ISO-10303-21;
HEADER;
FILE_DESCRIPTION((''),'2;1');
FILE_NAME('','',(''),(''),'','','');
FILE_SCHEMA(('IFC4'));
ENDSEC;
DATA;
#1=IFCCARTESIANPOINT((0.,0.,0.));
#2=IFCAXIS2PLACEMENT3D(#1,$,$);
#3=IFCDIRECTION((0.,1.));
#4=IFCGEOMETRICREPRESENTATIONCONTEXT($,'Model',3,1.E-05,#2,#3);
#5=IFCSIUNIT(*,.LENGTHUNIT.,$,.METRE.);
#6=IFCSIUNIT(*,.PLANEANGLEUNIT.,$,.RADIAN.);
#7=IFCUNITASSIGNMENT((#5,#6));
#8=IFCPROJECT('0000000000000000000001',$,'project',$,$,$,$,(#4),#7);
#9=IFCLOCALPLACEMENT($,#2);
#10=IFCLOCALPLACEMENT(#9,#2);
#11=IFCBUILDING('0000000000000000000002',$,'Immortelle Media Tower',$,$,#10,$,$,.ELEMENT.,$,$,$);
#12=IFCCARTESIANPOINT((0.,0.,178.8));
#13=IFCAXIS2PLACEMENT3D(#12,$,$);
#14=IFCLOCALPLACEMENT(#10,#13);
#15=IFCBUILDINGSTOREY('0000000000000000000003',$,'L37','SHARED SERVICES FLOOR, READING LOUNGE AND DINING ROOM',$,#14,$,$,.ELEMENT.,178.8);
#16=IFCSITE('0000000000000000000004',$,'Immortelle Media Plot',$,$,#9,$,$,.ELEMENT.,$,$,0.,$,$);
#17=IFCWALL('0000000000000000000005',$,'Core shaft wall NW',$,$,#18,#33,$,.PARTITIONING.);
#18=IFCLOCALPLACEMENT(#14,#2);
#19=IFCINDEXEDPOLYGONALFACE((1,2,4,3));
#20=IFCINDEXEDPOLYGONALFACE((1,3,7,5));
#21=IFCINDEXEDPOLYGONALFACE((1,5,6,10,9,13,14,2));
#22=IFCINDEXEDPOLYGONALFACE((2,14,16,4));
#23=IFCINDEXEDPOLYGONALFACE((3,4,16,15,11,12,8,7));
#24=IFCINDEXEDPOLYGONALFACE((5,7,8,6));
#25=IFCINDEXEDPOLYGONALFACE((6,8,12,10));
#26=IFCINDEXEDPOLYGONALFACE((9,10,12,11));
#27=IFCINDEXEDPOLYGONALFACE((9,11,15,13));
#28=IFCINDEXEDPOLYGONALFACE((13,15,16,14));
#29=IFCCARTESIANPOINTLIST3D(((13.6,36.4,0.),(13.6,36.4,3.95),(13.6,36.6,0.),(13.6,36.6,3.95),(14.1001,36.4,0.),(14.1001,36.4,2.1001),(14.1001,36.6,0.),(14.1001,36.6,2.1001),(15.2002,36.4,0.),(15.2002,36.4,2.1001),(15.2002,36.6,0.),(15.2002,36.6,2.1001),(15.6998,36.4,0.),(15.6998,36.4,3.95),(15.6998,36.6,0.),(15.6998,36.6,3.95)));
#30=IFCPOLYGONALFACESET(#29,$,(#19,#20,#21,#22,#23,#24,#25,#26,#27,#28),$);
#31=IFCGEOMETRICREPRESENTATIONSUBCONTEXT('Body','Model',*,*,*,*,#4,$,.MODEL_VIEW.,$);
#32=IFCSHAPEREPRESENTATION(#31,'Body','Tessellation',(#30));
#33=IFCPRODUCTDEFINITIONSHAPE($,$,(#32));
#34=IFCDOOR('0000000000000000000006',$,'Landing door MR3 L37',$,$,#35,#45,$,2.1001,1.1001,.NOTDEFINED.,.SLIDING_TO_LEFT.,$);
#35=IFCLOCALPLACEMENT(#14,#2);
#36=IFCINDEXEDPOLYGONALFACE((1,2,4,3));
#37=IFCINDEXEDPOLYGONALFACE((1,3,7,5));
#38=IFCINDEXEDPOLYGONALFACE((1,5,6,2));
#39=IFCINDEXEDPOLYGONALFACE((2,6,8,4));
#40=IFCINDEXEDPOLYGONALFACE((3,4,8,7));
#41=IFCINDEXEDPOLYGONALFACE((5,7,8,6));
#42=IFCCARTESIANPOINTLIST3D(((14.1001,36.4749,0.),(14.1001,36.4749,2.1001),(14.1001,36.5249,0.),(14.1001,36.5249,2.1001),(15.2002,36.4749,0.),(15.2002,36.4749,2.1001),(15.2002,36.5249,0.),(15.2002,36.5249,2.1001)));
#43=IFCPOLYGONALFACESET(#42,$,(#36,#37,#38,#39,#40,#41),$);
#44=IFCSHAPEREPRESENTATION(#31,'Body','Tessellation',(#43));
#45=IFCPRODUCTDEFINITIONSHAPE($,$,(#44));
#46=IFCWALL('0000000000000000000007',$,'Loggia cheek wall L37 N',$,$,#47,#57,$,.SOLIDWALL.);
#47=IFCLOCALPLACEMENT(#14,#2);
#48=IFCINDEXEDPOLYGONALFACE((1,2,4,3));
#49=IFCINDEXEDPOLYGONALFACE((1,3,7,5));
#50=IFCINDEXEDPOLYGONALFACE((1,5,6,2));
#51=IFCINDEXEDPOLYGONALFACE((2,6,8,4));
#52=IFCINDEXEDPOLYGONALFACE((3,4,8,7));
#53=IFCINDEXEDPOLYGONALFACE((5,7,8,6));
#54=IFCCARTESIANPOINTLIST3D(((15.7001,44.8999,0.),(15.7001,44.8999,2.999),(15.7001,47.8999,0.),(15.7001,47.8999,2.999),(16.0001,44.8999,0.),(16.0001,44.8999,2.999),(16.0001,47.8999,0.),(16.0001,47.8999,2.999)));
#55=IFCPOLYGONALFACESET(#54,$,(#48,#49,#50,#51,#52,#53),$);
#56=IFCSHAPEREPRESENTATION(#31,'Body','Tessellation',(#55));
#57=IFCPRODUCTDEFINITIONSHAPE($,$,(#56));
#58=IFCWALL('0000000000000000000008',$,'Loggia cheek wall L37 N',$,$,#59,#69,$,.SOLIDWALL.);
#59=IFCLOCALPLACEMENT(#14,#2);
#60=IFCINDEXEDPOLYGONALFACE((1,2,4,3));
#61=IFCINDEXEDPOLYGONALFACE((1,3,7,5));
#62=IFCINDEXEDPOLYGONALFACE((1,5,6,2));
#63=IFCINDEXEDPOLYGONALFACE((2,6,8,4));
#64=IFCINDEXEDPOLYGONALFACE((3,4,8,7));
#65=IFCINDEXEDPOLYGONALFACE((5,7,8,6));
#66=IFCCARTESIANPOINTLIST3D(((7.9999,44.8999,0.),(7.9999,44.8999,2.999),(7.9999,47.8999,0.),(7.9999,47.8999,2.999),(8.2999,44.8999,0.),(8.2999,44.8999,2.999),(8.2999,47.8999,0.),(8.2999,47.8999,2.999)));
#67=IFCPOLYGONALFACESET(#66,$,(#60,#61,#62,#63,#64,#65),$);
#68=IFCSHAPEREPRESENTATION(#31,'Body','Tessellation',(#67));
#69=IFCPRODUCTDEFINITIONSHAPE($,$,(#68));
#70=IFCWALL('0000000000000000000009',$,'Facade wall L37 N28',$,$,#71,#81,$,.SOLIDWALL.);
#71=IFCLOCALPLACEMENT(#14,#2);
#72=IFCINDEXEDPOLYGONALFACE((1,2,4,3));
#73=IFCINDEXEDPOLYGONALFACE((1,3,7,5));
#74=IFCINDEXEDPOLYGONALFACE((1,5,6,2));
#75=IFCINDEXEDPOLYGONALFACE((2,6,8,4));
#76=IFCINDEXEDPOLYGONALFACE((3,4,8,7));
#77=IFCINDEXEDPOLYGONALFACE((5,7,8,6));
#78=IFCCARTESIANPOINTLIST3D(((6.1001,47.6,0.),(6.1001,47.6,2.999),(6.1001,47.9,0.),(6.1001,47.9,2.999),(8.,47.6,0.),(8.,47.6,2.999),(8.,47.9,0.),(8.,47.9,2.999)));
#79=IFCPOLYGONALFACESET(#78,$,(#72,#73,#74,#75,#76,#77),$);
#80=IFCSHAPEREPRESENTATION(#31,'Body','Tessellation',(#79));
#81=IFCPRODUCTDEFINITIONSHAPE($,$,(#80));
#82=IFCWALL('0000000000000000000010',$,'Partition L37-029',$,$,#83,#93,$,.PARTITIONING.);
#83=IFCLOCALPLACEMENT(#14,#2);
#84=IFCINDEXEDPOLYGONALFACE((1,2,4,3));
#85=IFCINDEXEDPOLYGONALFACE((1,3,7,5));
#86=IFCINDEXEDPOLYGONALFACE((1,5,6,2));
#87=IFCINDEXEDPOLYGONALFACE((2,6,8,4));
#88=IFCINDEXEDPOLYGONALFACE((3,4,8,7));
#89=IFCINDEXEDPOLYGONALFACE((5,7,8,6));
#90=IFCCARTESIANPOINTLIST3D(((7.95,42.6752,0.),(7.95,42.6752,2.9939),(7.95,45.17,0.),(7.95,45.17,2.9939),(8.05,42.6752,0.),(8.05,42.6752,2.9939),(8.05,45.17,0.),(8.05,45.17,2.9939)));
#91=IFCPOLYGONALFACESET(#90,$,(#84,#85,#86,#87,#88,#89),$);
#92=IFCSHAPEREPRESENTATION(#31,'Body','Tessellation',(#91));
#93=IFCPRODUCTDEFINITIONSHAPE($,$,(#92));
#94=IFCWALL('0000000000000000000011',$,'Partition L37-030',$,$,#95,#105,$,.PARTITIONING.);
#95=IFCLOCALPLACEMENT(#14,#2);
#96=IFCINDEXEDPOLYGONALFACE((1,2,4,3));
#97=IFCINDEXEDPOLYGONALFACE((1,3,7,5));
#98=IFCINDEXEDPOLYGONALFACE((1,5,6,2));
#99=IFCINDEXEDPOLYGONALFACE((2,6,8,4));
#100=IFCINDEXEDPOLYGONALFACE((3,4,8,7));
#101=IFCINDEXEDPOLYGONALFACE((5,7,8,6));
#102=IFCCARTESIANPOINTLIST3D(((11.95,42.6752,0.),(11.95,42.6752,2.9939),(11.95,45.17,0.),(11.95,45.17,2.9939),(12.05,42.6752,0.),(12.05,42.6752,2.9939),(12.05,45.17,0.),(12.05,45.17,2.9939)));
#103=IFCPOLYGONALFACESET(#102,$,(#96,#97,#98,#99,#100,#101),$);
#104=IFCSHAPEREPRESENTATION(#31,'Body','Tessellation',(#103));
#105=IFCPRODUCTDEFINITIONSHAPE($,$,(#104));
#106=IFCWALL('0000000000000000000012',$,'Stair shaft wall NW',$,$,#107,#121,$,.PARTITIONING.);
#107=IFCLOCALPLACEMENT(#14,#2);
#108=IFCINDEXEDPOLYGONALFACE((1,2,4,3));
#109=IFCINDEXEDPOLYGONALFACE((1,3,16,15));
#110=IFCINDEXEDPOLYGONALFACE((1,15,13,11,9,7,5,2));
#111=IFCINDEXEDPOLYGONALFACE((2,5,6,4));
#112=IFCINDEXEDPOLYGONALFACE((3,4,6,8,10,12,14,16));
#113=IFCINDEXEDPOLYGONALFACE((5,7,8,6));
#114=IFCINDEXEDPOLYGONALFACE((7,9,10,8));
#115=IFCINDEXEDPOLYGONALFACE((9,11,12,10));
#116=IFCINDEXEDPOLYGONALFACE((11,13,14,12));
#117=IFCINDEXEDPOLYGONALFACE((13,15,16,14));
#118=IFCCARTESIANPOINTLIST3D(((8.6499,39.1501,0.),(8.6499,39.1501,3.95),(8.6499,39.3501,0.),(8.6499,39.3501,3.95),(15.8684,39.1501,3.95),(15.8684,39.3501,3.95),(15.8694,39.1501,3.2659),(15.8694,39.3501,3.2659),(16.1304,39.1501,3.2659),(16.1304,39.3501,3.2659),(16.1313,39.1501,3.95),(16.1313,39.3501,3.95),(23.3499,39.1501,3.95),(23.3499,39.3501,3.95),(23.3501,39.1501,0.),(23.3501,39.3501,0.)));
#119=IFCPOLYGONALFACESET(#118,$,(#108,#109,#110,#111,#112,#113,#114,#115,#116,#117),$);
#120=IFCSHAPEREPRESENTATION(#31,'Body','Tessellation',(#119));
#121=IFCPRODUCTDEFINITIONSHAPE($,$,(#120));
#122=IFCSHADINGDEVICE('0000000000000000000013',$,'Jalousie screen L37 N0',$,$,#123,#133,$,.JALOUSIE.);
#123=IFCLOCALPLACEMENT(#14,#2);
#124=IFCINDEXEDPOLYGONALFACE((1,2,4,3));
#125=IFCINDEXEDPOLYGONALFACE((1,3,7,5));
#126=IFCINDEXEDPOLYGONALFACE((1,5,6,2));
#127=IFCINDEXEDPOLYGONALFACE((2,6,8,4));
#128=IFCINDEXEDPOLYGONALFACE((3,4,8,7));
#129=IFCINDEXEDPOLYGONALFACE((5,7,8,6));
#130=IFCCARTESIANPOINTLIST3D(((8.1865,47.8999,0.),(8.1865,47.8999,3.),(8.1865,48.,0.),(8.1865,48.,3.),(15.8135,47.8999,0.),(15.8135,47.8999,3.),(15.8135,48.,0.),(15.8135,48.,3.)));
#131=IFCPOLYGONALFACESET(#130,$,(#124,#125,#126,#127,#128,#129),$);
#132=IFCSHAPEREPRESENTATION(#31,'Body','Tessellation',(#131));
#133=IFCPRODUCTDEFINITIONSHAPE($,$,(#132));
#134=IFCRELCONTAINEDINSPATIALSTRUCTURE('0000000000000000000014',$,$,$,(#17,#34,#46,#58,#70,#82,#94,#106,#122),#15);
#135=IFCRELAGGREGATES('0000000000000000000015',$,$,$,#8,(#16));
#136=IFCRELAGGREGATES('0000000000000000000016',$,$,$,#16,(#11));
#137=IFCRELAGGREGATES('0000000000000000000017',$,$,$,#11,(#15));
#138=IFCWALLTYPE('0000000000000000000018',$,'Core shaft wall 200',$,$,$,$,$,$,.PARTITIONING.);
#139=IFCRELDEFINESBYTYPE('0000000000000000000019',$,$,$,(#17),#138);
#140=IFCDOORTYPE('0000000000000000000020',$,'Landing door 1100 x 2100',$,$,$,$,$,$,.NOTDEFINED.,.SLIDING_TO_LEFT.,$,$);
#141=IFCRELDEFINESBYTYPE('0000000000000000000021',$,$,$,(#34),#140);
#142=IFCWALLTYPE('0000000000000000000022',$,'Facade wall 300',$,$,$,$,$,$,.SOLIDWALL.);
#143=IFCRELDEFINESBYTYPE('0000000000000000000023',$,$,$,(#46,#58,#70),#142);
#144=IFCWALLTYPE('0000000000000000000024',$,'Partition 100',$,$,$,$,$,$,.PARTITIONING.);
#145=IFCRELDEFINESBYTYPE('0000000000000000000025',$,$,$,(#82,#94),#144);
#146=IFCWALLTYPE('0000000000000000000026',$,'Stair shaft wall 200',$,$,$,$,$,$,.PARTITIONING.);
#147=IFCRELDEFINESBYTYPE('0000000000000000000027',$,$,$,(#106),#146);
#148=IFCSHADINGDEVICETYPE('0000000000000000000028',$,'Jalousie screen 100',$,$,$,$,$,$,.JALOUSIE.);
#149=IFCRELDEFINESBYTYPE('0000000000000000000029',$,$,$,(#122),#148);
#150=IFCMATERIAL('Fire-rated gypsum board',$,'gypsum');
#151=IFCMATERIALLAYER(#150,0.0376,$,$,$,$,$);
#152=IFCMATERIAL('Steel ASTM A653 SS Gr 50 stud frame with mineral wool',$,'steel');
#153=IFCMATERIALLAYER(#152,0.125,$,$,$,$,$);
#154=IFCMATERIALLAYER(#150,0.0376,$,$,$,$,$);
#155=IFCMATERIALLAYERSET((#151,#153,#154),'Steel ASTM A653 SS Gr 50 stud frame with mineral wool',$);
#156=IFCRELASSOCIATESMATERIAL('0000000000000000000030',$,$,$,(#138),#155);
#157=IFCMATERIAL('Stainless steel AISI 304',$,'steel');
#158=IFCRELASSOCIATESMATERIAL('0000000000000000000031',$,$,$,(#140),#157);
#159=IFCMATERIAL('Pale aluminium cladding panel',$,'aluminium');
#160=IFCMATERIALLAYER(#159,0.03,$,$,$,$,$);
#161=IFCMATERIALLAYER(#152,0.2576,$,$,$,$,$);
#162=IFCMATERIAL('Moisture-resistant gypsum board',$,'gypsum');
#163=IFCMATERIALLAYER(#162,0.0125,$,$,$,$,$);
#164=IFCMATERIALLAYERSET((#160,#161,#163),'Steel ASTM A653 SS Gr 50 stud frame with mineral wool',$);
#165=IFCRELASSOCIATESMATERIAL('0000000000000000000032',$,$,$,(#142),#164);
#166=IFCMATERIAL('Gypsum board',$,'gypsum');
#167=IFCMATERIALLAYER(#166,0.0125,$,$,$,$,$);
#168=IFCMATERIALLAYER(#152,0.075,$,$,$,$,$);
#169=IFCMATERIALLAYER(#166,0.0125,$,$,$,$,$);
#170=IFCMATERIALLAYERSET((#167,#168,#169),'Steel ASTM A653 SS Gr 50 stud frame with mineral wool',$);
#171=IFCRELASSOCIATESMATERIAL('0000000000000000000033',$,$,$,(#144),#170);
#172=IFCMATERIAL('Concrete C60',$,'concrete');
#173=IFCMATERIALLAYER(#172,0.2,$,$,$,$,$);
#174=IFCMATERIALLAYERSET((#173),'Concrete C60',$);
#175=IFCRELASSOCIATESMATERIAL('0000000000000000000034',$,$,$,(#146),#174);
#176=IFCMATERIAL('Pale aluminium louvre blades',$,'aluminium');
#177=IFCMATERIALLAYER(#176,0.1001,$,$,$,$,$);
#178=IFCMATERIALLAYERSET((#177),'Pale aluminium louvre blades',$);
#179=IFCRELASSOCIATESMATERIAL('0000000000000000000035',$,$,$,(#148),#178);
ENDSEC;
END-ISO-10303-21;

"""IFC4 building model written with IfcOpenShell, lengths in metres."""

from ifc_helpers import new_model, si_unit, direction, frame, frame_2d, origin, origin_2d, place, context, subcontext, project, spatial, polyline, rectangle, outline, extrude, material, layer, layer_set, type_object, element, fill, save


model = new_model("IFC4")

# Units and contexts
model_context = context("Model", 3, precision=1e-05, world=origin(), true_north=direction((0.0, 1.0)))
body_context = subcontext(model_context, "Body", "Model", "MODEL_VIEW")
ifc_project = project(units=[si_unit("LENGTHUNIT", "METRE"), si_unit("PLANEANGLEUNIT", "RADIAN")], contexts=[model_context])

# Site, building, storey
site_placement = place(None, origin())
site = spatial("IfcSite", under=ifc_project, at=site_placement, Name="Immortelle Media Plot", CompositionType="ELEMENT", RefElevation=0.0)
building_placement = place(site_placement, origin())
building = spatial("IfcBuilding", under=site, at=building_placement, Name="Immortelle Media Tower", CompositionType="ELEMENT")
storey_placement = place(building_placement, frame((0.0, 0.0, 178.8)))
storey = spatial("IfcBuildingStorey", under=building, at=storey_placement, Name="L37", Description="SHARED SERVICES FLOOR, READING LOUNGE AND DINING ROOM", CompositionType="ELEMENT", Elevation=178.8)

# Shared definitions
ifc_material_1 = material(Name="Fire-rated gypsum board", Category="gypsum")
ifc_material_2 = material(Name="Steel ASTM A653 SS Gr 50 stud frame with mineral wool", Category="steel")

# Shared definitions
ifc_layer_1 = layer(ifc_material_1, 0.0376)
ifc_layer_2 = layer(ifc_material_2, 0.125)
ifc_layer_3 = layer(ifc_material_1, 0.0376)
ifc_layer_set_1 = layer_set([ifc_layer_1, ifc_layer_2, ifc_layer_3], Name="Steel ASTM A653 SS Gr 50 stud frame with mineral wool")
wall_type_1 = type_object("IfcWallType", Name="Core shaft wall 200", PredefinedType="PARTITIONING", material=ifc_layer_set_1)
ifc_material_3 = material(Name="Stainless steel AISI 304", Category="steel")
door_type_1 = type_object("IfcDoorType", Name="Landing door 1100 x 2100", OperationType="SLIDING_TO_LEFT", PredefinedType="NOTDEFINED", material=ifc_material_3)

# Wall, opening, door
wall_1_placement = place(storey_placement, frame((13.6001, 36.5, 0.0), z_axis=(0.0, 0.0, 1.0), x_axis=(1.0, 0.0, 0.0)))
wall_1 = element("IfcWall", 1, at=wall_1_placement, inside=storey, type_object=wall_type_1, Name="Core shaft wall NW", PredefinedType="PARTITIONING", context=body_context, shape_type="SweptSolid", body=[
    extrude(rectangle(XDim=2.0999, YDim=0.2, at=frame_2d((1.0498, 0.0))), origin(), (0.0, 0.0, 1.0), 3.95),
])
opening_1_placement = place(wall_1_placement, frame((0.5, 0.0, 0.0)))
opening_1 = element("IfcOpeningElement", 2, at=opening_1_placement, cuts=wall_1, PredefinedType="OPENING", context=body_context, shape_type="SweptSolid", body=[
    extrude(rectangle(XDim=1.1001, YDim=2.1001, at=frame_2d((0.55, 1.05))), frame((0.0, 0.1099, 0.0), z_axis=(0.0, -1.0, 0.0), x_axis=(1.0, 0.0, 0.0)), (0.0, 0.0, 1.0), 0.22),
])
door_1_placement = place(opening_1_placement, origin())
door_1 = element("IfcDoor", 3, at=door_1_placement, inside=storey, type_object=door_type_1, Name="Landing door MR3 L37", OperationType="SLIDING_TO_LEFT", OverallHeight=2.1001, OverallWidth=1.1001, PredefinedType="NOTDEFINED", context=body_context, shape_type="SweptSolid", body=[
    extrude(rectangle(XDim=1.1001, YDim=2.1001, at=frame_2d((0.55, 1.05))), frame((0.0, 0.0249, 0.0), z_axis=(0.0, -1.0, 0.0), x_axis=(1.0, 0.0, 0.0)), (0.0, 0.0, 1.0), 0.05),
])
fill(opening_1, door_1)

# Shared definitions
ifc_material_4 = material(Name="Pale aluminium cladding panel", Category="aluminium")
ifc_layer_4 = layer(ifc_material_4, 0.03)
ifc_layer_5 = layer(ifc_material_2, 0.2576)
ifc_material_5 = material(Name="Moisture-resistant gypsum board", Category="gypsum")
ifc_layer_6 = layer(ifc_material_5, 0.0125)
ifc_layer_set_2 = layer_set([ifc_layer_4, ifc_layer_5, ifc_layer_6], Name="Steel ASTM A653 SS Gr 50 stud frame with mineral wool")
wall_type_2 = type_object("IfcWallType", Name="Facade wall 300", PredefinedType="SOLIDWALL", material=ifc_layer_set_2)

# Walls
for number, where, z_axis, x_axis, name in (
    (4, (15.8501, 47.8999, 0.0), (0.0, 0.0, 1.0), (0.0, -1.0, 0.0), "Loggia cheek wall L37 N"),
    (5, (8.1499, 47.8999, 0.0), (0.0, 0.0, 1.0), (0.0, -1.0, 0.0), "Loggia cheek wall L37 N"),
):
    element("IfcWall", number, at=place(storey_placement, frame(where, z_axis=z_axis, x_axis=x_axis)), inside=storey, type_object=wall_type_2, Name=name, PredefinedType="SOLIDWALL", context=body_context, shape_type="SweptSolid", body=[
        extrude(rectangle(XDim=3.0, YDim=0.3, at=frame_2d((1.5, 0.0))), origin(), (0.0, 0.0, 1.0), 2.999),
    ])
wall_2_placement = place(storey_placement, frame((8.0, 47.75, 0.0), z_axis=(0.0, 0.0, 1.0), x_axis=(-1.0, 0.0, 0.0)))
element("IfcWall", 6, at=wall_2_placement, inside=storey, type_object=wall_type_2, Name="Facade wall L37 N28", PredefinedType="SOLIDWALL", context=body_context, shape_type="SweptSolid", body=[
    extrude(rectangle(XDim=1.8999, YDim=0.3, at=frame_2d((0.95, 0.0))), origin(), (0.0, 0.0, 1.0), 2.999),
])
ifc_material_6 = material(Name="Gypsum board", Category="gypsum")
ifc_layer_7 = layer(ifc_material_6, 0.0125)
ifc_layer_8 = layer(ifc_material_2, 0.075)
ifc_layer_9 = layer(ifc_material_6, 0.0125)
ifc_layer_set_3 = layer_set([ifc_layer_7, ifc_layer_8, ifc_layer_9], Name="Steel ASTM A653 SS Gr 50 stud frame with mineral wool")
wall_type_3 = type_object("IfcWallType", Name="Partition 100", PredefinedType="PARTITIONING", material=ifc_layer_set_3)
for number, where, z_axis, x_axis, name in (
    (7, (8.0, 42.675, 0.0), (0.0, 0.0, 1.0), (0.0, 1.0, 0.0), "Partition L37-029"),
    (8, (12.0, 42.675, 0.0), (0.0, 0.0, 1.0), (0.0, 1.0, 0.0), "Partition L37-030"),
):
    element("IfcWall", number, at=place(storey_placement, frame(where, z_axis=z_axis, x_axis=x_axis)), inside=storey, type_object=wall_type_3, Name=name, PredefinedType="PARTITIONING", context=body_context, shape_type="SweptSolid", body=[
        extrude(rectangle(XDim=2.4949, YDim=0.1001, at=frame_2d((1.2476, 0.0))), origin(), (0.0, 0.0, 1.0), 2.9939),
    ])
ifc_material_7 = material(Name="Concrete C60", Category="concrete")
ifc_layer_10 = layer(ifc_material_7, 0.2)
ifc_layer_set_4 = layer_set([ifc_layer_10], Name="Concrete C60")
wall_type_4 = type_object("IfcWallType", Name="Stair shaft wall 200", PredefinedType="PARTITIONING", material=ifc_layer_set_4)
wall_3_placement = place(storey_placement, frame((8.6499, 39.25, 0.0), z_axis=(0.0, 0.0, 1.0), x_axis=(1.0, 0.0, 0.0)))
element("IfcWall", 9, at=wall_3_placement, inside=storey, type_object=wall_type_4, Name="Stair shaft wall NW", PredefinedType="PARTITIONING", context=body_context, shape_type="SweptSolid", body=[
    extrude(outline(polyline([(0.0, 0.0), (14.7002, 0.0), (14.7, 3.95), (7.4814, 3.95), (7.4805, 3.2659), (7.2195, 3.2659), (7.2185, 3.95), (0.0, 3.95), (0.0, 0.0)])), frame((0.0, 0.1001, 0.0), z_axis=(0.0, -1.0, 0.0), x_axis=(1.0, 0.0, 0.0)), (0.0, 0.0, 1.0), 0.2),
])

# Shading device
ifc_material_8 = material(Name="Pale aluminium louvre blades", Category="aluminium")
ifc_layer_11 = layer(ifc_material_8, 0.1001)
ifc_layer_set_5 = layer_set([ifc_layer_11], Name="Pale aluminium louvre blades")
shading_device_type = type_object("IfcShadingDeviceType", Name="Jalousie screen 100", PredefinedType="JALOUSIE", material=ifc_layer_set_5)
shading_device_placement = place(storey_placement, frame((12.0, 47.95, 0.0), z_axis=(0.0, 0.0, 1.0), x_axis=(-1.0, 0.0, 0.0)))
element("IfcShadingDevice", 10, at=shading_device_placement, inside=storey, type_object=shading_device_type, Name="Jalousie screen L37 N0", PredefinedType="JALOUSIE", context=body_context, shape_type="SweptSolid", body=[
    extrude(rectangle(XDim=7.627, YDim=0.1001, at=origin_2d()), origin(), (0.0, 0.0, 1.0), 3.0),
])

save(model, "model.ifc")
